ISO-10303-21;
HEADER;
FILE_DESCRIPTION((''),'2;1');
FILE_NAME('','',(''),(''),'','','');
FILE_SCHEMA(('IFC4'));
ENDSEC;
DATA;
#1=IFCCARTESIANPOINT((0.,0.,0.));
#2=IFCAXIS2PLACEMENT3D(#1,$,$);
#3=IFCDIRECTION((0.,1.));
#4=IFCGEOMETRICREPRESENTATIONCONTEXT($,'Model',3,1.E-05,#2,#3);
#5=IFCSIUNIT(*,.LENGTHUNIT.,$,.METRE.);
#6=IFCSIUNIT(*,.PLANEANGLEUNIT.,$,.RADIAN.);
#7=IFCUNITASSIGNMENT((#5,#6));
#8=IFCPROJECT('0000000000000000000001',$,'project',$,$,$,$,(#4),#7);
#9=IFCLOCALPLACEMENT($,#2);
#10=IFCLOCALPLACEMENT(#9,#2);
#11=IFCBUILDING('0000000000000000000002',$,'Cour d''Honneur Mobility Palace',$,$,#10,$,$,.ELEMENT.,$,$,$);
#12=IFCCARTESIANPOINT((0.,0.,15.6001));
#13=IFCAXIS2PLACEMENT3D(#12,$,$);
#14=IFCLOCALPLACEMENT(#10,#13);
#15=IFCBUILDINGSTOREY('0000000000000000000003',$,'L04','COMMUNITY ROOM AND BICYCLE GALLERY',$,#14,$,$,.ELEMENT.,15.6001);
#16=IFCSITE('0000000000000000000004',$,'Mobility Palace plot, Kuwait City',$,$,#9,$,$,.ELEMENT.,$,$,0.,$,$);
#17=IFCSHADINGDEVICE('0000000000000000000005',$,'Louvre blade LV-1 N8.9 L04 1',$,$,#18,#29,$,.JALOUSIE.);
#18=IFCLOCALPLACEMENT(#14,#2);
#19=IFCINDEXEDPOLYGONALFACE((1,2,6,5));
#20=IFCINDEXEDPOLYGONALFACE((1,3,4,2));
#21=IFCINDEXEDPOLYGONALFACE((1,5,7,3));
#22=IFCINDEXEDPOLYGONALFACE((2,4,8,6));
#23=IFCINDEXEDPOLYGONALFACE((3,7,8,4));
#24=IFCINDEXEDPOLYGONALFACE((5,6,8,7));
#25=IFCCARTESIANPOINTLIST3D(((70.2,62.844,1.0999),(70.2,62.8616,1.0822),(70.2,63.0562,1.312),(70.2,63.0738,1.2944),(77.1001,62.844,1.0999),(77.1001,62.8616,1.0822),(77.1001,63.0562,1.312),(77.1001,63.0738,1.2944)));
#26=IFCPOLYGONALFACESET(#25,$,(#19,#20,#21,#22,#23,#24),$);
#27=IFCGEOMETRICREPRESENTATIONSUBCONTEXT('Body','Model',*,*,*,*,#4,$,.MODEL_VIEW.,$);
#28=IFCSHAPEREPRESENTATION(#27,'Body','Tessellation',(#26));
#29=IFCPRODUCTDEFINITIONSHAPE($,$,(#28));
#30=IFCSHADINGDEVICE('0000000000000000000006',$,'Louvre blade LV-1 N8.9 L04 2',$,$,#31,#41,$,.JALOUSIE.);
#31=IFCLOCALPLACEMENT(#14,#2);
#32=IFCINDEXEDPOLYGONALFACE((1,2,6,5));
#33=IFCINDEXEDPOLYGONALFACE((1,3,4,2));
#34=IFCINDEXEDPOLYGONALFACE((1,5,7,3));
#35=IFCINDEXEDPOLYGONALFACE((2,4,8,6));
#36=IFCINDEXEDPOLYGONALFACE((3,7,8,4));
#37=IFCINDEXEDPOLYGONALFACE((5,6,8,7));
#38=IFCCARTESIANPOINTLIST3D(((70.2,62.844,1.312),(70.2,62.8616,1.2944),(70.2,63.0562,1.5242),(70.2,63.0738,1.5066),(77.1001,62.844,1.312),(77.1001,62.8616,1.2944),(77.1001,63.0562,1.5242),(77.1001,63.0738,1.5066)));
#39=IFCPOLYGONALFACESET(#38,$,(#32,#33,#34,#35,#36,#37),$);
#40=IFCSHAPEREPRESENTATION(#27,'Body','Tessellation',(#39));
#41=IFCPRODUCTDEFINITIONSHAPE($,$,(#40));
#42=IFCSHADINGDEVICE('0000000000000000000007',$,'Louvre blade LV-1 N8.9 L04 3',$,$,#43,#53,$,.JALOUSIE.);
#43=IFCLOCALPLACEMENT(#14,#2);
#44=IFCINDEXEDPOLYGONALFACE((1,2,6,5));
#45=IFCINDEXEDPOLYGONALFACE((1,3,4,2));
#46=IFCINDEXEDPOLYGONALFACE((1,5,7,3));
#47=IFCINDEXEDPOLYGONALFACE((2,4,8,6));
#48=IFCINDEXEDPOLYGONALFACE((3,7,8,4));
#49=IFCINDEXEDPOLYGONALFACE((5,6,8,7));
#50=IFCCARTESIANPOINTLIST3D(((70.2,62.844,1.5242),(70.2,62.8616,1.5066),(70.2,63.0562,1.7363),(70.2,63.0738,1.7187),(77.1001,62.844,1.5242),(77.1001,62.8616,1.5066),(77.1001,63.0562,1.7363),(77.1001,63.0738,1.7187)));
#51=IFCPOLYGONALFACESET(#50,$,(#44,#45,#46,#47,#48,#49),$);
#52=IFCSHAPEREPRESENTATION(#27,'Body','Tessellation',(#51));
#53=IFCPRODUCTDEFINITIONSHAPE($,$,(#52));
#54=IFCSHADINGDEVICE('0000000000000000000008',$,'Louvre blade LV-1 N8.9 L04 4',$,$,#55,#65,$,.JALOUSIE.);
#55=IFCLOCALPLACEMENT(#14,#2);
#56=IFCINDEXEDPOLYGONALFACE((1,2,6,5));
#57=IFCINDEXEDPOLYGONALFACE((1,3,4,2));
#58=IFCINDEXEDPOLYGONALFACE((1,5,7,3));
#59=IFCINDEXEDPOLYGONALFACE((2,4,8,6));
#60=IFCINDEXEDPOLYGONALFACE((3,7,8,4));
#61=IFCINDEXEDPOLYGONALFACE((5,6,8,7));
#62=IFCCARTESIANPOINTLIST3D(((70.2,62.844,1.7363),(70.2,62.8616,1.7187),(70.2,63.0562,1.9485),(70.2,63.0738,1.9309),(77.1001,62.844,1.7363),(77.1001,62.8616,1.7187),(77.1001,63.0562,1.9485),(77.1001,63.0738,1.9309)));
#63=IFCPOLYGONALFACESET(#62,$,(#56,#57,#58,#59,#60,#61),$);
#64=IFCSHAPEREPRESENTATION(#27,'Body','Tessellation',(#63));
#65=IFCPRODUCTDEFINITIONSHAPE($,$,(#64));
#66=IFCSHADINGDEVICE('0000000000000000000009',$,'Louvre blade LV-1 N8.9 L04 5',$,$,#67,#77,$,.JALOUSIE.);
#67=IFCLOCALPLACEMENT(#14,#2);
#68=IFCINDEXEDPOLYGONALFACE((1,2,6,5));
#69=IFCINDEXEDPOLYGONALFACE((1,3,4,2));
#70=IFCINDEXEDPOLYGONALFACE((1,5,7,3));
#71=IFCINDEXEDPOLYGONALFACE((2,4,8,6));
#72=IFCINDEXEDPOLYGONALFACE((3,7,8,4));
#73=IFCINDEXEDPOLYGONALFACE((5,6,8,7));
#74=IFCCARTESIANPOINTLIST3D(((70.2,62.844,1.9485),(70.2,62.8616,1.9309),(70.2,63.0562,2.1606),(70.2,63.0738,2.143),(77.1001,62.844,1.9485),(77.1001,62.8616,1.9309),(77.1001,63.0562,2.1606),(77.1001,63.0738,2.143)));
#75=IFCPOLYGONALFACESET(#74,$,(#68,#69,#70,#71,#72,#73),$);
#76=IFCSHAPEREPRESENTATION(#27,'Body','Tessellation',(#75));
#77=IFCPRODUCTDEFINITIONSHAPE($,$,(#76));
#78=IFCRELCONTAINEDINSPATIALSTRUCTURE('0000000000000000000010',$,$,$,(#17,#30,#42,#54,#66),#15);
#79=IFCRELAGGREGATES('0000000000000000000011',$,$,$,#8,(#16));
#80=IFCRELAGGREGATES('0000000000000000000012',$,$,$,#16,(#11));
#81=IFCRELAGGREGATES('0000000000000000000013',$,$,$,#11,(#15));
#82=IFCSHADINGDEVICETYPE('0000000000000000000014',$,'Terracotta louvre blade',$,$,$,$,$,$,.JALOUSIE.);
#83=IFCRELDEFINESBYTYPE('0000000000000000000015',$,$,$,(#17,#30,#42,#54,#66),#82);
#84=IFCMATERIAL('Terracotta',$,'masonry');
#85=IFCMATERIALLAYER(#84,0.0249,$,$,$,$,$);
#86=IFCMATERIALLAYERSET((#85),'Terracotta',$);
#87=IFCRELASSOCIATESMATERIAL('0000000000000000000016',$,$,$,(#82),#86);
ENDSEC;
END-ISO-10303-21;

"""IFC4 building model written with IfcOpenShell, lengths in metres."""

from ifc_helpers import new_model, si_unit, direction, frame, origin, place, context, subcontext, project, spatial, polyline, outline, extrude, material, layer, layer_set, type_object, element, save


model = new_model("IFC4")

# Units and contexts
model_context = context("Model", 3, precision=1e-05, world=origin(), true_north=direction((0.0, 1.0)))
body_context = subcontext(model_context, "Body", "Model", "MODEL_VIEW")
ifc_project = project(units=[si_unit("LENGTHUNIT", "METRE"), si_unit("PLANEANGLEUNIT", "RADIAN")], contexts=[model_context])

# Site, building, storey
site_placement = place(None, origin())
site = spatial("IfcSite", under=ifc_project, at=site_placement, Name="Mobility Palace plot, Kuwait City", CompositionType="ELEMENT", RefElevation=0.0)
building_placement = place(site_placement, origin())
building = spatial("IfcBuilding", under=site, at=building_placement, Name="Cour d'Honneur Mobility Palace", CompositionType="ELEMENT")
storey_placement = place(building_placement, frame((0.0, 0.0, 15.6001)))
storey = spatial("IfcBuildingStorey", under=building, at=storey_placement, Name="L04", Description="COMMUNITY ROOM AND BICYCLE GALLERY", CompositionType="ELEMENT", Elevation=15.6001)

# Shading devices
ifc_material_1 = material(Name="Terracotta", Category="masonry")
ifc_layer_1 = layer(ifc_material_1, 0.0249)
ifc_layer_set_1 = layer_set([ifc_layer_1], Name="Terracotta")
shading_device_type = type_object("IfcShadingDeviceType", Name="Terracotta louvre blade", PredefinedType="JALOUSIE", material=ifc_layer_set_1)
for number, where, z_axis, x_axis, name in (
    (1, (77.1001, 62.844, 1.0999), (0.0, -0.707107, 0.707107), (-1.0, 0.0, 0.0), "Louvre blade LV-1 N8.9 L04 1"),
    (2, (77.1001, 62.844, 1.312), (0.0, -0.707107, 0.707107), (-1.0, 0.0, 0.0), "Louvre blade LV-1 N8.9 L04 2"),
    (3, (77.1001, 62.844, 1.5242), (0.0, -0.707107, 0.707107), (-1.0, 0.0, 0.0), "Louvre blade LV-1 N8.9 L04 3"),
    (4, (77.1001, 62.844, 1.7363), (0.0, -0.707107, 0.707107), (-1.0, 0.0, 0.0), "Louvre blade LV-1 N8.9 L04 4"),
    (5, (77.1001, 62.844, 1.9485), (0.0, -0.707107, 0.707107), (-1.0, 0.0, 0.0), "Louvre blade LV-1 N8.9 L04 5"),
):
    element("IfcShadingDevice", number, at=place(storey_placement, frame(where, z_axis=z_axis, x_axis=x_axis)), inside=storey, type_object=shading_device_type, Name=name, PredefinedType="JALOUSIE", context=body_context, shape_type="SweptSolid", body=[
        extrude(outline(polyline([(0.0, 0.0), (6.9001, 0.0), (6.9001, -0.3), (0.0, -0.3), (0.0, 0.0)])), origin(), (0.0, 0.0, -1.0), 0.0249),
    ])

save(model, "model.ifc")
